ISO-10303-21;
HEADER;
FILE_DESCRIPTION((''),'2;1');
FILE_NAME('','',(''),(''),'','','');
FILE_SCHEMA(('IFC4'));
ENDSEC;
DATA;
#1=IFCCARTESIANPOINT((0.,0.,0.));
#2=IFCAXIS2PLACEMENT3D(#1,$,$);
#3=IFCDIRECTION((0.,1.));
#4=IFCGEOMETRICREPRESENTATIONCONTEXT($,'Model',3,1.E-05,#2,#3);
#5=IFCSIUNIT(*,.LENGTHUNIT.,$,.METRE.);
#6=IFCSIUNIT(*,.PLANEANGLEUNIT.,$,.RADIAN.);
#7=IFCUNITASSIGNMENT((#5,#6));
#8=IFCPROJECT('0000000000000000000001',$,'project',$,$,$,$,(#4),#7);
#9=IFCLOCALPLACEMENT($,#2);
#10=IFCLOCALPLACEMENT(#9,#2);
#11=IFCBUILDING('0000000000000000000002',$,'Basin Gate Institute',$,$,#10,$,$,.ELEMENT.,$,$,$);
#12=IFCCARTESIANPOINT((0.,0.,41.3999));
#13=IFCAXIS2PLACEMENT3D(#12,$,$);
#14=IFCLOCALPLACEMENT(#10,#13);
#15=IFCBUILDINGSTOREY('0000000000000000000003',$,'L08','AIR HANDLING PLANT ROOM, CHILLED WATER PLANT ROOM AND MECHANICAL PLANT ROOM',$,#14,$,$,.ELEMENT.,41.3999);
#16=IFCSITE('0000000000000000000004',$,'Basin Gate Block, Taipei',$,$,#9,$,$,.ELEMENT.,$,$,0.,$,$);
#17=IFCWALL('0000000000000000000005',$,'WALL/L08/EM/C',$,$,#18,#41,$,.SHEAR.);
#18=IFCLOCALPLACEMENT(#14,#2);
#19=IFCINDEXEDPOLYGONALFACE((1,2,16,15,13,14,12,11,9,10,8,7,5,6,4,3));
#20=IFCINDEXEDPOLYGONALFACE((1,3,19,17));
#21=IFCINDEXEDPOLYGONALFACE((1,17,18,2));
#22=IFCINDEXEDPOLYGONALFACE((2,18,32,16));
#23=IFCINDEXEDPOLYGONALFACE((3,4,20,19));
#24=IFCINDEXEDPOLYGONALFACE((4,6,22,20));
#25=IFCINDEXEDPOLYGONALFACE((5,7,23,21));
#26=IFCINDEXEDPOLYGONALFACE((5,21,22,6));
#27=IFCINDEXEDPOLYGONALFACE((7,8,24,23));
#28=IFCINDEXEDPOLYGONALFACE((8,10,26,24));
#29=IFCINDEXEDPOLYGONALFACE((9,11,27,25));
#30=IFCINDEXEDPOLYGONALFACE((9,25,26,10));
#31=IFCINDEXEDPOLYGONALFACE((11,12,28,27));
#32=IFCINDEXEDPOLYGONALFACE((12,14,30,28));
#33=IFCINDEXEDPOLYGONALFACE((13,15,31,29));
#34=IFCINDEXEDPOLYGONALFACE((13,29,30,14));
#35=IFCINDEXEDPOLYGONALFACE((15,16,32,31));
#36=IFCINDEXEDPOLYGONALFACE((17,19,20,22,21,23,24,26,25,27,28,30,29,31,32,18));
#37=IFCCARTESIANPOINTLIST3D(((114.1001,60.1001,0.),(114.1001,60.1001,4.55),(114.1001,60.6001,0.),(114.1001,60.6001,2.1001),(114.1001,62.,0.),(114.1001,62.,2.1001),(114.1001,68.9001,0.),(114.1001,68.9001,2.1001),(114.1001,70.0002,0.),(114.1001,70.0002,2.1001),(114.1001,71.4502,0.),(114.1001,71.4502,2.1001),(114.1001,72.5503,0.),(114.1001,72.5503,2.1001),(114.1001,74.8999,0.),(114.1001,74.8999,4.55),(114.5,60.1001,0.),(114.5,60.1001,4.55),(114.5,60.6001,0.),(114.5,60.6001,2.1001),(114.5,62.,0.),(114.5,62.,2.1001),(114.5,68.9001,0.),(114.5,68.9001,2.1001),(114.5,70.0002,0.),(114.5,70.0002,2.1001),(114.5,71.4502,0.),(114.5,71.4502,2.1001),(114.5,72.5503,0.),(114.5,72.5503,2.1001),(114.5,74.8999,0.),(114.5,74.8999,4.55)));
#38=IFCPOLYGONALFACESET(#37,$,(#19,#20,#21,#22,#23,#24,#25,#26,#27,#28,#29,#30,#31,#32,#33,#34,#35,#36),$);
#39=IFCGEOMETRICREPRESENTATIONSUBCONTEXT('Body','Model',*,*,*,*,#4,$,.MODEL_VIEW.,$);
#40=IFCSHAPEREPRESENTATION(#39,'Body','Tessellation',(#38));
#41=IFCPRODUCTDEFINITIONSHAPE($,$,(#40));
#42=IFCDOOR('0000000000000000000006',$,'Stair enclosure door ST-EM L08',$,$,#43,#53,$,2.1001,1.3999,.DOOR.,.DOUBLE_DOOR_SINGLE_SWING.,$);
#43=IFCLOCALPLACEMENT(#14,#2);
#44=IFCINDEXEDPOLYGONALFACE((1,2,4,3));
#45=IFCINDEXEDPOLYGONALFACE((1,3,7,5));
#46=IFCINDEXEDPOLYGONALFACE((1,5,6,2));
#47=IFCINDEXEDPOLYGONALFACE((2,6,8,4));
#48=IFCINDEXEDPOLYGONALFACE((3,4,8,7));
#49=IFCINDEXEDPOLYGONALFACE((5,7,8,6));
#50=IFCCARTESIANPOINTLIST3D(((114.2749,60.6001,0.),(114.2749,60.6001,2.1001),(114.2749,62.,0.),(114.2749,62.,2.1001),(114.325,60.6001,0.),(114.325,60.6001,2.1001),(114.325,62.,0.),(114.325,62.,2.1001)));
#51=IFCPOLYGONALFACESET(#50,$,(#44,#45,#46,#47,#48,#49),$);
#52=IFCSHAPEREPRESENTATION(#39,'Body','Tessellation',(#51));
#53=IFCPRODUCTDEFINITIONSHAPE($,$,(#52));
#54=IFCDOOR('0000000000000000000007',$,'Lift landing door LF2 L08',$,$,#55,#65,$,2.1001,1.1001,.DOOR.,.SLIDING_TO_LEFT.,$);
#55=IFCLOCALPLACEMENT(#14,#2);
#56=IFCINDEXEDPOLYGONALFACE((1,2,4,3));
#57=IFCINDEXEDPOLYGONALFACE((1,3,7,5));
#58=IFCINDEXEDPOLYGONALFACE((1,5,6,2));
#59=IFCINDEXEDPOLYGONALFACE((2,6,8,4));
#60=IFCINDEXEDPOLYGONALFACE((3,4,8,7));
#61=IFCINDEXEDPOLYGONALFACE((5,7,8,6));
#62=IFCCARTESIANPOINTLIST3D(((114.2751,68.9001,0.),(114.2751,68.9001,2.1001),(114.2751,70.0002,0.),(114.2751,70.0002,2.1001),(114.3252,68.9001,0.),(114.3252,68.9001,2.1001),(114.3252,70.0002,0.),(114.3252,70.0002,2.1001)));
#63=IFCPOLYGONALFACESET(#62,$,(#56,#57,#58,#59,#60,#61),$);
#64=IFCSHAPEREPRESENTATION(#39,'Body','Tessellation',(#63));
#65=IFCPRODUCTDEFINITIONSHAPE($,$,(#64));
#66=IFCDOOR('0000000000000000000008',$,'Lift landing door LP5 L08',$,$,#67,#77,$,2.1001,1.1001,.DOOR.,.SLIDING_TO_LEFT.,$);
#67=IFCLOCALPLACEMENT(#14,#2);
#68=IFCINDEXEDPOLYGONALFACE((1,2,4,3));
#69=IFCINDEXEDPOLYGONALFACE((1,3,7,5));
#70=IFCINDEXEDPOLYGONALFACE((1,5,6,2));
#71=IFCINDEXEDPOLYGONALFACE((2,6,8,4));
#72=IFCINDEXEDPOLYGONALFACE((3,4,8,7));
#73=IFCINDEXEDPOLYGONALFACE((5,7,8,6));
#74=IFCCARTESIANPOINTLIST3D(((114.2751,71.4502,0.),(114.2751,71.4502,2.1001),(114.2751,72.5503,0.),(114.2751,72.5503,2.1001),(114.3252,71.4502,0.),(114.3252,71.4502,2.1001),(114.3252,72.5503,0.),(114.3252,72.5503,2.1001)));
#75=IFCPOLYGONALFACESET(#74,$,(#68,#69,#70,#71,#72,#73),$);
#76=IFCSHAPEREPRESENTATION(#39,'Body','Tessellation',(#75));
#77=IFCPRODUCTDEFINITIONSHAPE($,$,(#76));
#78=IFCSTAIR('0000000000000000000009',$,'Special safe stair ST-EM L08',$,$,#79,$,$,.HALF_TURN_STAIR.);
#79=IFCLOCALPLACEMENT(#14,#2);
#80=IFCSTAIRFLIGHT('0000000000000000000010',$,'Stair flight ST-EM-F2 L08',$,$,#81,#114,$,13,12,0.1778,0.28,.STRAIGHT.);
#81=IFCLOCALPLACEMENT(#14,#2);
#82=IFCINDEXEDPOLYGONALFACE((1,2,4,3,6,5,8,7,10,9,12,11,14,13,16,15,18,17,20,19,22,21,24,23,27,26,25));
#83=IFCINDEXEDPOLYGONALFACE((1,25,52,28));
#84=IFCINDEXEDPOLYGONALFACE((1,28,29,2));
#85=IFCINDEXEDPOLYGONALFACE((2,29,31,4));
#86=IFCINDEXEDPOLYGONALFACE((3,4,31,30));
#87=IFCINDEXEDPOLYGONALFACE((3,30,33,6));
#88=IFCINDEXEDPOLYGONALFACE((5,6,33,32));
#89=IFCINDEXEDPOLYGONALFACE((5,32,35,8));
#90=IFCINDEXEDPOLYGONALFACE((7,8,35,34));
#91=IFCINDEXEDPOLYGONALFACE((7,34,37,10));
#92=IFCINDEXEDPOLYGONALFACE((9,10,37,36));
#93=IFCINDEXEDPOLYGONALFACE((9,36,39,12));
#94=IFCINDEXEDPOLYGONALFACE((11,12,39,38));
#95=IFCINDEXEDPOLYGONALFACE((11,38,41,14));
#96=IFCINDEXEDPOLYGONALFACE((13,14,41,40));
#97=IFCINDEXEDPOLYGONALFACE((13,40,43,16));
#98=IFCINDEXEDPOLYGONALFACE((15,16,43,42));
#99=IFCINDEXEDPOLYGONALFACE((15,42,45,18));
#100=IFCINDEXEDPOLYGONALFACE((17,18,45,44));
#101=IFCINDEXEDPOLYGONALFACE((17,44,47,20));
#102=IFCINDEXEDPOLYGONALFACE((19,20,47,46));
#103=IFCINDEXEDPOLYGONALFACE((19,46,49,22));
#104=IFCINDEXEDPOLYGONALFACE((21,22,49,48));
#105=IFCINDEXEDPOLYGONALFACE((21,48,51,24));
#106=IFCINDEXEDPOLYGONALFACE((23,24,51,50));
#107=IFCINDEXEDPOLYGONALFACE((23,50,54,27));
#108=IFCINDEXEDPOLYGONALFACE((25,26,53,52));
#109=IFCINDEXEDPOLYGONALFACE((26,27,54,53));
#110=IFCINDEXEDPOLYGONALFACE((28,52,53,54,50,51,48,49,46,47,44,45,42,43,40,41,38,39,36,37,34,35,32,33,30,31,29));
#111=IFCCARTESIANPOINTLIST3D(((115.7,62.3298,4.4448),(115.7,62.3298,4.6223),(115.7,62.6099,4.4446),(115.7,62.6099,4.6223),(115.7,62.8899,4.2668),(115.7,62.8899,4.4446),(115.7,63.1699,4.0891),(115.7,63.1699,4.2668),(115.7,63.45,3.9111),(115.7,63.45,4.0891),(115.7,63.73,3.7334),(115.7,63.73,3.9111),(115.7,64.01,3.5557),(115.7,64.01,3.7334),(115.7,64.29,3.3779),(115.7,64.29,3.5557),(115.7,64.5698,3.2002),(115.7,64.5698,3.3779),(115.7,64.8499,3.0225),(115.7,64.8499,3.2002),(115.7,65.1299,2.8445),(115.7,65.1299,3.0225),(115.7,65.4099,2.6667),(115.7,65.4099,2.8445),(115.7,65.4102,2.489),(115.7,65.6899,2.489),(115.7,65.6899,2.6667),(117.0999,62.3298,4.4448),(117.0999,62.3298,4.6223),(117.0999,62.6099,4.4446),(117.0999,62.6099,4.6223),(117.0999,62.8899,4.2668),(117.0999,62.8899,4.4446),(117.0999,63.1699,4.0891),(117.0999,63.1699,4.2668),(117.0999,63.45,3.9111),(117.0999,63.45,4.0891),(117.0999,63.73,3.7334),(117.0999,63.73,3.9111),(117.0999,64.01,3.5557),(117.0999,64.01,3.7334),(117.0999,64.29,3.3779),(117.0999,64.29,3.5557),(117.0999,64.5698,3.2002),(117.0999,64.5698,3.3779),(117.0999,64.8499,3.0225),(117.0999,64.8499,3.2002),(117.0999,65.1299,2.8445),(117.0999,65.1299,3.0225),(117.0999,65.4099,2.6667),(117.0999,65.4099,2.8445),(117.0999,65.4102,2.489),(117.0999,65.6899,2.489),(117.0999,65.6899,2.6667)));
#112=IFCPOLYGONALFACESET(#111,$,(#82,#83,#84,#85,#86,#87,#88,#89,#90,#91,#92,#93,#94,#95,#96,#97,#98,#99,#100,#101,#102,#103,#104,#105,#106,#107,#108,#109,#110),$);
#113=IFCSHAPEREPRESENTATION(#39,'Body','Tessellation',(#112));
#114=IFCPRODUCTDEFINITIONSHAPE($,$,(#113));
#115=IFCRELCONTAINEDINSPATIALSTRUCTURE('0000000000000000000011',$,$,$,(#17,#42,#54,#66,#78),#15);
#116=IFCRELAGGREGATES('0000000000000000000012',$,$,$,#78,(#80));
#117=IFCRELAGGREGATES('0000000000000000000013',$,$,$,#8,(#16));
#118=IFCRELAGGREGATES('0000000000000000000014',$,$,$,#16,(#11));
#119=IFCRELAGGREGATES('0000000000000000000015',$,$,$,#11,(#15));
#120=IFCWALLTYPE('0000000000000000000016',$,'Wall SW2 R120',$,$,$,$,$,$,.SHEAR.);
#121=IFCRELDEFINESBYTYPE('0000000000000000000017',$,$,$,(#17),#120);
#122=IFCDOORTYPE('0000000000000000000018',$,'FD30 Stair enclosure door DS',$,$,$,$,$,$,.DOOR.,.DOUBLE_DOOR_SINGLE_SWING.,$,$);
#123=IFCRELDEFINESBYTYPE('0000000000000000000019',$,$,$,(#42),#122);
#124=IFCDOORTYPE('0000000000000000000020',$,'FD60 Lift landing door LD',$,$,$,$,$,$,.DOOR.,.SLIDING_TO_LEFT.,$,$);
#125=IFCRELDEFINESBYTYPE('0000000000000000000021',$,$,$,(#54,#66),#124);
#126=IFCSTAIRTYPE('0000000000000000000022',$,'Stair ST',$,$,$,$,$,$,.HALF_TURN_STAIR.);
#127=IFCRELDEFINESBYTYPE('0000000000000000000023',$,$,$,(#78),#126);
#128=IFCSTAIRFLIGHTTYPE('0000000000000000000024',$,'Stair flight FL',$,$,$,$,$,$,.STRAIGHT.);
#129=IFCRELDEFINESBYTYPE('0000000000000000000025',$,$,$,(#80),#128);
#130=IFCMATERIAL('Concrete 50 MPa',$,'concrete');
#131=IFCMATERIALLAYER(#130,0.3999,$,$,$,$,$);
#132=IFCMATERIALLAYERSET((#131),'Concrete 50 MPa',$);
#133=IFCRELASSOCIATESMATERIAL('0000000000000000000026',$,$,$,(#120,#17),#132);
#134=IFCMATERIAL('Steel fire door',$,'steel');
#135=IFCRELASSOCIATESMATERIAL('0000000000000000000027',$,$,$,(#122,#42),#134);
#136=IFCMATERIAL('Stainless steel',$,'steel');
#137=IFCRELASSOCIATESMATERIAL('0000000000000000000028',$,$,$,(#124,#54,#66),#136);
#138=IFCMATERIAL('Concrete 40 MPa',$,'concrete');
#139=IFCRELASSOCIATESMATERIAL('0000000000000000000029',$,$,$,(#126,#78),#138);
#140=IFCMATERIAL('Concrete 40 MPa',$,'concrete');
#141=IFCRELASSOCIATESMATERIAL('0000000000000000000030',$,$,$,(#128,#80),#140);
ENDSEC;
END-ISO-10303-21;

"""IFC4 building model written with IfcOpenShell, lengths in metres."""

from ifc_helpers import new_model, si_unit, direction, frame, frame_2d, origin, place, context, subcontext, project, spatial, polyline, rectangle, outline, extrude, material, layer, layer_set, type_object, element, fill, aggregate, save


model = new_model("IFC4")

# Units and contexts
model_context = context("Model", 3, precision=1e-05, world=origin(), true_north=direction((0.0, 1.0)))
body_context = subcontext(model_context, "Body", "Model", "MODEL_VIEW")
ifc_project = project(units=[si_unit("LENGTHUNIT", "METRE"), si_unit("PLANEANGLEUNIT", "RADIAN")], contexts=[model_context])

# Site, building, storey
site_placement = place(None, origin())
site = spatial("IfcSite", under=ifc_project, at=site_placement, Name="Basin Gate Block, Taipei", CompositionType="ELEMENT", RefElevation=0.0)
building_placement = place(site_placement, origin())
building = spatial("IfcBuilding", under=site, at=building_placement, Name="Basin Gate Institute", CompositionType="ELEMENT")
storey_placement = place(building_placement, frame((0.0, 0.0, 41.3999)))
storey = spatial("IfcBuildingStorey", under=building, at=storey_placement, Name="L08", Description="AIR HANDLING PLANT ROOM, CHILLED WATER PLANT ROOM AND MECHANICAL PLANT ROOM", CompositionType="ELEMENT", Elevation=41.3999)

# Wall, openings, doors
ifc_material_1 = material(Name="Concrete 50 MPa", Category="concrete")
ifc_layer_1 = layer(ifc_material_1, 0.3999)
ifc_layer_set_1 = layer_set([ifc_layer_1], Name="Concrete 50 MPa")
wall_type_1 = type_object("IfcWallType", Name="Wall SW2 R120", PredefinedType="SHEAR", material=ifc_layer_set_1)
wall_1_placement = place(storey_placement, frame((114.3, 60.1001, 0.0), z_axis=(0.0, 0.0, 1.0), x_axis=(0.0, 1.0, 0.0)))
wall_1 = element("IfcWall", 1, at=wall_1_placement, inside=storey, type_object=wall_type_1, material=ifc_layer_set_1, Name="WALL/L08/EM/C", PredefinedType="SHEAR", context=body_context, shape_type="SweptSolid", body=[
    extrude(rectangle(XDim=14.7998, YDim=0.3999, at=frame_2d((7.3999, 0.0))), origin(), (0.0, 0.0, 1.0), 4.55),
])
opening_1_placement = place(wall_1_placement, frame((0.5, 0.0, 0.0)))
opening_1 = element("IfcOpeningElement", 2, at=opening_1_placement, cuts=wall_1, PredefinedType="OPENING", context=body_context, shape_type="SweptSolid", body=[
    extrude(rectangle(XDim=1.3999, YDim=2.1001, at=frame_2d((0.7, 1.05))), frame((0.0, 0.21, 0.0), z_axis=(0.0, -1.0, 0.0), x_axis=(1.0, 0.0, 0.0)), (0.0, 0.0, 1.0), 0.4199),
])
opening_2_placement = place(wall_1_placement, frame((8.8, 0.0, 0.0)))
opening_2 = element("IfcOpeningElement", 3, at=opening_2_placement, cuts=wall_1, PredefinedType="OPENING", context=body_context, shape_type="SweptSolid", body=[
    extrude(rectangle(XDim=1.1001, YDim=2.1001, at=frame_2d((0.55, 1.05))), frame((0.0, 0.21, 0.0), z_axis=(0.0, -1.0, 0.0), x_axis=(1.0, 0.0, 0.0)), (0.0, 0.0, 1.0), 0.4199),
])
opening_3_placement = place(wall_1_placement, frame((11.3501, 0.0, 0.0)))
opening_3 = element("IfcOpeningElement", 4, at=opening_3_placement, cuts=wall_1, PredefinedType="OPENING", context=body_context, shape_type="SweptSolid", body=[
    extrude(rectangle(XDim=1.1001, YDim=2.1001, at=frame_2d((0.55, 1.05))), frame((0.0, 0.21, 0.0), z_axis=(0.0, -1.0, 0.0), x_axis=(1.0, 0.0, 0.0)), (0.0, 0.0, 1.0), 0.4199),
])
ifc_material_2 = material(Name="Steel fire door", Category="steel")
door_type_1 = type_object("IfcDoorType", Name="FD30 Stair enclosure door DS", OperationType="DOUBLE_DOOR_SINGLE_SWING", PredefinedType="DOOR", material=ifc_material_2)
door_1_placement = place(opening_1_placement, frame((1.3999, 0.0, 0.0), z_axis=(0.0, 0.0, 1.0), x_axis=(-1.0, 0.0, 0.0)))
door_1 = element("IfcDoor", 5, at=door_1_placement, inside=storey, type_object=door_type_1, material=ifc_material_2, Name="Stair enclosure door ST-EM L08", OperationType="DOUBLE_DOOR_SINGLE_SWING", OverallHeight=2.1001, OverallWidth=1.3999, PredefinedType="DOOR", context=body_context, shape_type="SweptSolid", body=[
    extrude(rectangle(XDim=1.3999, YDim=2.1001, at=frame_2d((0.7, 1.05))), frame((0.0, 0.0249, 0.0), z_axis=(0.0, -1.0, 0.0), x_axis=(1.0, 0.0, 0.0)), (0.0, 0.0, 1.0), 0.05),
])
fill(opening_1, door_1)
ifc_material_3 = material(Name="Stainless steel", Category="steel")
door_type_2 = type_object("IfcDoorType", Name="FD60 Lift landing door LD", OperationType="SLIDING_TO_LEFT", PredefinedType="DOOR", material=ifc_material_3)
door_2_placement = place(opening_2_placement, origin())
door_2 = element("IfcDoor", 6, at=door_2_placement, inside=storey, type_object=door_type_2, material=ifc_material_3, Name="Lift landing door LF2 L08", OperationType="SLIDING_TO_LEFT", OverallHeight=2.1001, OverallWidth=1.1001, PredefinedType="DOOR", context=body_context, shape_type="SweptSolid", body=[
    extrude(rectangle(XDim=1.1001, YDim=2.1001, at=frame_2d((0.55, 1.05))), frame((0.0, 0.0249, 0.0), z_axis=(0.0, -1.0, 0.0), x_axis=(1.0, 0.0, 0.0)), (0.0, 0.0, 1.0), 0.05),
])
fill(opening_2, door_2)
door_3_placement = place(opening_3_placement, origin())
door_3 = element("IfcDoor", 7, at=door_3_placement, inside=storey, type_object=door_type_2, material=ifc_material_3, Name="Lift landing door LP5 L08", OperationType="SLIDING_TO_LEFT", OverallHeight=2.1001, OverallWidth=1.1001, PredefinedType="DOOR", context=body_context, shape_type="SweptSolid", body=[
    extrude(rectangle(XDim=1.1001, YDim=2.1001, at=frame_2d((0.55, 1.05))), frame((0.0, 0.0249, 0.0), z_axis=(0.0, -1.0, 0.0), x_axis=(1.0, 0.0, 0.0)), (0.0, 0.0, 1.0), 0.05),
])
fill(opening_3, door_3)

# Stair, stair flight
ifc_material_4 = material(Name="Concrete 40 MPa", Category="concrete")
stair_type = type_object("IfcStairType", Name="Stair ST", PredefinedType="HALF_TURN_STAIR", material=ifc_material_4)
stair_placement = place(storey_placement, origin())
stair = element("IfcStair", 8, at=stair_placement, inside=storey, type_object=stair_type, material=ifc_material_4, Name="Special safe stair ST-EM L08", PredefinedType="HALF_TURN_STAIR")
ifc_material_5 = material(Name="Concrete 40 MPa", Category="concrete")
stair_flight_type = type_object("IfcStairFlightType", Name="Stair flight FL", PredefinedType="STRAIGHT", material=ifc_material_5)
stair_flight_placement = place(storey_placement, frame((116.3999, 65.6899, 2.489), z_axis=(0.0, 0.0, 1.0), x_axis=(0.0, -1.0, 0.0)))
stair_flight = element("IfcStairFlight", 9, at=stair_flight_placement, type_object=stair_flight_type, material=ifc_material_5, Name="Stair flight ST-EM-F2 L08", NumberOfRisers=13, NumberOfTreads=12, PredefinedType="STRAIGHT", RiserHeight=0.1778, TreadLength=0.28, context=body_context, shape_type="SweptSolid", body=[
    extrude(outline(polyline([(0.0, 0.0), (0.0, 0.1777), (0.28, 0.1777), (0.28, 0.3555), (0.5601, 0.3555), (0.5601, 0.5334), (0.8401, 0.5334), (0.8401, 0.7112), (1.1201, 0.7112), (1.1201, 0.8889), (1.3999, 0.8889), (1.3999, 1.0667), (1.6799, 1.0667), (1.6799, 1.2444), (1.96, 1.2444), (1.96, 1.4221), (2.24, 1.4221), (2.24, 1.6001), (2.52, 1.6001), (2.52, 1.7778), (2.8, 1.7778), (2.8, 1.9556), (3.0801, 1.9556), (3.0801, 2.1333), (3.3601, 2.1333), (3.3601, 2.311), (3.3601, 1.9558), (0.2798, 0.0), (0.0, 0.0)])), frame((0.0, 0.7, 0.0), z_axis=(0.0, -1.0, 0.0), x_axis=(1.0, 0.0, 0.0)), (0.0, 0.0, 1.0), 1.3999),
])
aggregate(stair, [stair_flight])

save(model, "model.ifc")
